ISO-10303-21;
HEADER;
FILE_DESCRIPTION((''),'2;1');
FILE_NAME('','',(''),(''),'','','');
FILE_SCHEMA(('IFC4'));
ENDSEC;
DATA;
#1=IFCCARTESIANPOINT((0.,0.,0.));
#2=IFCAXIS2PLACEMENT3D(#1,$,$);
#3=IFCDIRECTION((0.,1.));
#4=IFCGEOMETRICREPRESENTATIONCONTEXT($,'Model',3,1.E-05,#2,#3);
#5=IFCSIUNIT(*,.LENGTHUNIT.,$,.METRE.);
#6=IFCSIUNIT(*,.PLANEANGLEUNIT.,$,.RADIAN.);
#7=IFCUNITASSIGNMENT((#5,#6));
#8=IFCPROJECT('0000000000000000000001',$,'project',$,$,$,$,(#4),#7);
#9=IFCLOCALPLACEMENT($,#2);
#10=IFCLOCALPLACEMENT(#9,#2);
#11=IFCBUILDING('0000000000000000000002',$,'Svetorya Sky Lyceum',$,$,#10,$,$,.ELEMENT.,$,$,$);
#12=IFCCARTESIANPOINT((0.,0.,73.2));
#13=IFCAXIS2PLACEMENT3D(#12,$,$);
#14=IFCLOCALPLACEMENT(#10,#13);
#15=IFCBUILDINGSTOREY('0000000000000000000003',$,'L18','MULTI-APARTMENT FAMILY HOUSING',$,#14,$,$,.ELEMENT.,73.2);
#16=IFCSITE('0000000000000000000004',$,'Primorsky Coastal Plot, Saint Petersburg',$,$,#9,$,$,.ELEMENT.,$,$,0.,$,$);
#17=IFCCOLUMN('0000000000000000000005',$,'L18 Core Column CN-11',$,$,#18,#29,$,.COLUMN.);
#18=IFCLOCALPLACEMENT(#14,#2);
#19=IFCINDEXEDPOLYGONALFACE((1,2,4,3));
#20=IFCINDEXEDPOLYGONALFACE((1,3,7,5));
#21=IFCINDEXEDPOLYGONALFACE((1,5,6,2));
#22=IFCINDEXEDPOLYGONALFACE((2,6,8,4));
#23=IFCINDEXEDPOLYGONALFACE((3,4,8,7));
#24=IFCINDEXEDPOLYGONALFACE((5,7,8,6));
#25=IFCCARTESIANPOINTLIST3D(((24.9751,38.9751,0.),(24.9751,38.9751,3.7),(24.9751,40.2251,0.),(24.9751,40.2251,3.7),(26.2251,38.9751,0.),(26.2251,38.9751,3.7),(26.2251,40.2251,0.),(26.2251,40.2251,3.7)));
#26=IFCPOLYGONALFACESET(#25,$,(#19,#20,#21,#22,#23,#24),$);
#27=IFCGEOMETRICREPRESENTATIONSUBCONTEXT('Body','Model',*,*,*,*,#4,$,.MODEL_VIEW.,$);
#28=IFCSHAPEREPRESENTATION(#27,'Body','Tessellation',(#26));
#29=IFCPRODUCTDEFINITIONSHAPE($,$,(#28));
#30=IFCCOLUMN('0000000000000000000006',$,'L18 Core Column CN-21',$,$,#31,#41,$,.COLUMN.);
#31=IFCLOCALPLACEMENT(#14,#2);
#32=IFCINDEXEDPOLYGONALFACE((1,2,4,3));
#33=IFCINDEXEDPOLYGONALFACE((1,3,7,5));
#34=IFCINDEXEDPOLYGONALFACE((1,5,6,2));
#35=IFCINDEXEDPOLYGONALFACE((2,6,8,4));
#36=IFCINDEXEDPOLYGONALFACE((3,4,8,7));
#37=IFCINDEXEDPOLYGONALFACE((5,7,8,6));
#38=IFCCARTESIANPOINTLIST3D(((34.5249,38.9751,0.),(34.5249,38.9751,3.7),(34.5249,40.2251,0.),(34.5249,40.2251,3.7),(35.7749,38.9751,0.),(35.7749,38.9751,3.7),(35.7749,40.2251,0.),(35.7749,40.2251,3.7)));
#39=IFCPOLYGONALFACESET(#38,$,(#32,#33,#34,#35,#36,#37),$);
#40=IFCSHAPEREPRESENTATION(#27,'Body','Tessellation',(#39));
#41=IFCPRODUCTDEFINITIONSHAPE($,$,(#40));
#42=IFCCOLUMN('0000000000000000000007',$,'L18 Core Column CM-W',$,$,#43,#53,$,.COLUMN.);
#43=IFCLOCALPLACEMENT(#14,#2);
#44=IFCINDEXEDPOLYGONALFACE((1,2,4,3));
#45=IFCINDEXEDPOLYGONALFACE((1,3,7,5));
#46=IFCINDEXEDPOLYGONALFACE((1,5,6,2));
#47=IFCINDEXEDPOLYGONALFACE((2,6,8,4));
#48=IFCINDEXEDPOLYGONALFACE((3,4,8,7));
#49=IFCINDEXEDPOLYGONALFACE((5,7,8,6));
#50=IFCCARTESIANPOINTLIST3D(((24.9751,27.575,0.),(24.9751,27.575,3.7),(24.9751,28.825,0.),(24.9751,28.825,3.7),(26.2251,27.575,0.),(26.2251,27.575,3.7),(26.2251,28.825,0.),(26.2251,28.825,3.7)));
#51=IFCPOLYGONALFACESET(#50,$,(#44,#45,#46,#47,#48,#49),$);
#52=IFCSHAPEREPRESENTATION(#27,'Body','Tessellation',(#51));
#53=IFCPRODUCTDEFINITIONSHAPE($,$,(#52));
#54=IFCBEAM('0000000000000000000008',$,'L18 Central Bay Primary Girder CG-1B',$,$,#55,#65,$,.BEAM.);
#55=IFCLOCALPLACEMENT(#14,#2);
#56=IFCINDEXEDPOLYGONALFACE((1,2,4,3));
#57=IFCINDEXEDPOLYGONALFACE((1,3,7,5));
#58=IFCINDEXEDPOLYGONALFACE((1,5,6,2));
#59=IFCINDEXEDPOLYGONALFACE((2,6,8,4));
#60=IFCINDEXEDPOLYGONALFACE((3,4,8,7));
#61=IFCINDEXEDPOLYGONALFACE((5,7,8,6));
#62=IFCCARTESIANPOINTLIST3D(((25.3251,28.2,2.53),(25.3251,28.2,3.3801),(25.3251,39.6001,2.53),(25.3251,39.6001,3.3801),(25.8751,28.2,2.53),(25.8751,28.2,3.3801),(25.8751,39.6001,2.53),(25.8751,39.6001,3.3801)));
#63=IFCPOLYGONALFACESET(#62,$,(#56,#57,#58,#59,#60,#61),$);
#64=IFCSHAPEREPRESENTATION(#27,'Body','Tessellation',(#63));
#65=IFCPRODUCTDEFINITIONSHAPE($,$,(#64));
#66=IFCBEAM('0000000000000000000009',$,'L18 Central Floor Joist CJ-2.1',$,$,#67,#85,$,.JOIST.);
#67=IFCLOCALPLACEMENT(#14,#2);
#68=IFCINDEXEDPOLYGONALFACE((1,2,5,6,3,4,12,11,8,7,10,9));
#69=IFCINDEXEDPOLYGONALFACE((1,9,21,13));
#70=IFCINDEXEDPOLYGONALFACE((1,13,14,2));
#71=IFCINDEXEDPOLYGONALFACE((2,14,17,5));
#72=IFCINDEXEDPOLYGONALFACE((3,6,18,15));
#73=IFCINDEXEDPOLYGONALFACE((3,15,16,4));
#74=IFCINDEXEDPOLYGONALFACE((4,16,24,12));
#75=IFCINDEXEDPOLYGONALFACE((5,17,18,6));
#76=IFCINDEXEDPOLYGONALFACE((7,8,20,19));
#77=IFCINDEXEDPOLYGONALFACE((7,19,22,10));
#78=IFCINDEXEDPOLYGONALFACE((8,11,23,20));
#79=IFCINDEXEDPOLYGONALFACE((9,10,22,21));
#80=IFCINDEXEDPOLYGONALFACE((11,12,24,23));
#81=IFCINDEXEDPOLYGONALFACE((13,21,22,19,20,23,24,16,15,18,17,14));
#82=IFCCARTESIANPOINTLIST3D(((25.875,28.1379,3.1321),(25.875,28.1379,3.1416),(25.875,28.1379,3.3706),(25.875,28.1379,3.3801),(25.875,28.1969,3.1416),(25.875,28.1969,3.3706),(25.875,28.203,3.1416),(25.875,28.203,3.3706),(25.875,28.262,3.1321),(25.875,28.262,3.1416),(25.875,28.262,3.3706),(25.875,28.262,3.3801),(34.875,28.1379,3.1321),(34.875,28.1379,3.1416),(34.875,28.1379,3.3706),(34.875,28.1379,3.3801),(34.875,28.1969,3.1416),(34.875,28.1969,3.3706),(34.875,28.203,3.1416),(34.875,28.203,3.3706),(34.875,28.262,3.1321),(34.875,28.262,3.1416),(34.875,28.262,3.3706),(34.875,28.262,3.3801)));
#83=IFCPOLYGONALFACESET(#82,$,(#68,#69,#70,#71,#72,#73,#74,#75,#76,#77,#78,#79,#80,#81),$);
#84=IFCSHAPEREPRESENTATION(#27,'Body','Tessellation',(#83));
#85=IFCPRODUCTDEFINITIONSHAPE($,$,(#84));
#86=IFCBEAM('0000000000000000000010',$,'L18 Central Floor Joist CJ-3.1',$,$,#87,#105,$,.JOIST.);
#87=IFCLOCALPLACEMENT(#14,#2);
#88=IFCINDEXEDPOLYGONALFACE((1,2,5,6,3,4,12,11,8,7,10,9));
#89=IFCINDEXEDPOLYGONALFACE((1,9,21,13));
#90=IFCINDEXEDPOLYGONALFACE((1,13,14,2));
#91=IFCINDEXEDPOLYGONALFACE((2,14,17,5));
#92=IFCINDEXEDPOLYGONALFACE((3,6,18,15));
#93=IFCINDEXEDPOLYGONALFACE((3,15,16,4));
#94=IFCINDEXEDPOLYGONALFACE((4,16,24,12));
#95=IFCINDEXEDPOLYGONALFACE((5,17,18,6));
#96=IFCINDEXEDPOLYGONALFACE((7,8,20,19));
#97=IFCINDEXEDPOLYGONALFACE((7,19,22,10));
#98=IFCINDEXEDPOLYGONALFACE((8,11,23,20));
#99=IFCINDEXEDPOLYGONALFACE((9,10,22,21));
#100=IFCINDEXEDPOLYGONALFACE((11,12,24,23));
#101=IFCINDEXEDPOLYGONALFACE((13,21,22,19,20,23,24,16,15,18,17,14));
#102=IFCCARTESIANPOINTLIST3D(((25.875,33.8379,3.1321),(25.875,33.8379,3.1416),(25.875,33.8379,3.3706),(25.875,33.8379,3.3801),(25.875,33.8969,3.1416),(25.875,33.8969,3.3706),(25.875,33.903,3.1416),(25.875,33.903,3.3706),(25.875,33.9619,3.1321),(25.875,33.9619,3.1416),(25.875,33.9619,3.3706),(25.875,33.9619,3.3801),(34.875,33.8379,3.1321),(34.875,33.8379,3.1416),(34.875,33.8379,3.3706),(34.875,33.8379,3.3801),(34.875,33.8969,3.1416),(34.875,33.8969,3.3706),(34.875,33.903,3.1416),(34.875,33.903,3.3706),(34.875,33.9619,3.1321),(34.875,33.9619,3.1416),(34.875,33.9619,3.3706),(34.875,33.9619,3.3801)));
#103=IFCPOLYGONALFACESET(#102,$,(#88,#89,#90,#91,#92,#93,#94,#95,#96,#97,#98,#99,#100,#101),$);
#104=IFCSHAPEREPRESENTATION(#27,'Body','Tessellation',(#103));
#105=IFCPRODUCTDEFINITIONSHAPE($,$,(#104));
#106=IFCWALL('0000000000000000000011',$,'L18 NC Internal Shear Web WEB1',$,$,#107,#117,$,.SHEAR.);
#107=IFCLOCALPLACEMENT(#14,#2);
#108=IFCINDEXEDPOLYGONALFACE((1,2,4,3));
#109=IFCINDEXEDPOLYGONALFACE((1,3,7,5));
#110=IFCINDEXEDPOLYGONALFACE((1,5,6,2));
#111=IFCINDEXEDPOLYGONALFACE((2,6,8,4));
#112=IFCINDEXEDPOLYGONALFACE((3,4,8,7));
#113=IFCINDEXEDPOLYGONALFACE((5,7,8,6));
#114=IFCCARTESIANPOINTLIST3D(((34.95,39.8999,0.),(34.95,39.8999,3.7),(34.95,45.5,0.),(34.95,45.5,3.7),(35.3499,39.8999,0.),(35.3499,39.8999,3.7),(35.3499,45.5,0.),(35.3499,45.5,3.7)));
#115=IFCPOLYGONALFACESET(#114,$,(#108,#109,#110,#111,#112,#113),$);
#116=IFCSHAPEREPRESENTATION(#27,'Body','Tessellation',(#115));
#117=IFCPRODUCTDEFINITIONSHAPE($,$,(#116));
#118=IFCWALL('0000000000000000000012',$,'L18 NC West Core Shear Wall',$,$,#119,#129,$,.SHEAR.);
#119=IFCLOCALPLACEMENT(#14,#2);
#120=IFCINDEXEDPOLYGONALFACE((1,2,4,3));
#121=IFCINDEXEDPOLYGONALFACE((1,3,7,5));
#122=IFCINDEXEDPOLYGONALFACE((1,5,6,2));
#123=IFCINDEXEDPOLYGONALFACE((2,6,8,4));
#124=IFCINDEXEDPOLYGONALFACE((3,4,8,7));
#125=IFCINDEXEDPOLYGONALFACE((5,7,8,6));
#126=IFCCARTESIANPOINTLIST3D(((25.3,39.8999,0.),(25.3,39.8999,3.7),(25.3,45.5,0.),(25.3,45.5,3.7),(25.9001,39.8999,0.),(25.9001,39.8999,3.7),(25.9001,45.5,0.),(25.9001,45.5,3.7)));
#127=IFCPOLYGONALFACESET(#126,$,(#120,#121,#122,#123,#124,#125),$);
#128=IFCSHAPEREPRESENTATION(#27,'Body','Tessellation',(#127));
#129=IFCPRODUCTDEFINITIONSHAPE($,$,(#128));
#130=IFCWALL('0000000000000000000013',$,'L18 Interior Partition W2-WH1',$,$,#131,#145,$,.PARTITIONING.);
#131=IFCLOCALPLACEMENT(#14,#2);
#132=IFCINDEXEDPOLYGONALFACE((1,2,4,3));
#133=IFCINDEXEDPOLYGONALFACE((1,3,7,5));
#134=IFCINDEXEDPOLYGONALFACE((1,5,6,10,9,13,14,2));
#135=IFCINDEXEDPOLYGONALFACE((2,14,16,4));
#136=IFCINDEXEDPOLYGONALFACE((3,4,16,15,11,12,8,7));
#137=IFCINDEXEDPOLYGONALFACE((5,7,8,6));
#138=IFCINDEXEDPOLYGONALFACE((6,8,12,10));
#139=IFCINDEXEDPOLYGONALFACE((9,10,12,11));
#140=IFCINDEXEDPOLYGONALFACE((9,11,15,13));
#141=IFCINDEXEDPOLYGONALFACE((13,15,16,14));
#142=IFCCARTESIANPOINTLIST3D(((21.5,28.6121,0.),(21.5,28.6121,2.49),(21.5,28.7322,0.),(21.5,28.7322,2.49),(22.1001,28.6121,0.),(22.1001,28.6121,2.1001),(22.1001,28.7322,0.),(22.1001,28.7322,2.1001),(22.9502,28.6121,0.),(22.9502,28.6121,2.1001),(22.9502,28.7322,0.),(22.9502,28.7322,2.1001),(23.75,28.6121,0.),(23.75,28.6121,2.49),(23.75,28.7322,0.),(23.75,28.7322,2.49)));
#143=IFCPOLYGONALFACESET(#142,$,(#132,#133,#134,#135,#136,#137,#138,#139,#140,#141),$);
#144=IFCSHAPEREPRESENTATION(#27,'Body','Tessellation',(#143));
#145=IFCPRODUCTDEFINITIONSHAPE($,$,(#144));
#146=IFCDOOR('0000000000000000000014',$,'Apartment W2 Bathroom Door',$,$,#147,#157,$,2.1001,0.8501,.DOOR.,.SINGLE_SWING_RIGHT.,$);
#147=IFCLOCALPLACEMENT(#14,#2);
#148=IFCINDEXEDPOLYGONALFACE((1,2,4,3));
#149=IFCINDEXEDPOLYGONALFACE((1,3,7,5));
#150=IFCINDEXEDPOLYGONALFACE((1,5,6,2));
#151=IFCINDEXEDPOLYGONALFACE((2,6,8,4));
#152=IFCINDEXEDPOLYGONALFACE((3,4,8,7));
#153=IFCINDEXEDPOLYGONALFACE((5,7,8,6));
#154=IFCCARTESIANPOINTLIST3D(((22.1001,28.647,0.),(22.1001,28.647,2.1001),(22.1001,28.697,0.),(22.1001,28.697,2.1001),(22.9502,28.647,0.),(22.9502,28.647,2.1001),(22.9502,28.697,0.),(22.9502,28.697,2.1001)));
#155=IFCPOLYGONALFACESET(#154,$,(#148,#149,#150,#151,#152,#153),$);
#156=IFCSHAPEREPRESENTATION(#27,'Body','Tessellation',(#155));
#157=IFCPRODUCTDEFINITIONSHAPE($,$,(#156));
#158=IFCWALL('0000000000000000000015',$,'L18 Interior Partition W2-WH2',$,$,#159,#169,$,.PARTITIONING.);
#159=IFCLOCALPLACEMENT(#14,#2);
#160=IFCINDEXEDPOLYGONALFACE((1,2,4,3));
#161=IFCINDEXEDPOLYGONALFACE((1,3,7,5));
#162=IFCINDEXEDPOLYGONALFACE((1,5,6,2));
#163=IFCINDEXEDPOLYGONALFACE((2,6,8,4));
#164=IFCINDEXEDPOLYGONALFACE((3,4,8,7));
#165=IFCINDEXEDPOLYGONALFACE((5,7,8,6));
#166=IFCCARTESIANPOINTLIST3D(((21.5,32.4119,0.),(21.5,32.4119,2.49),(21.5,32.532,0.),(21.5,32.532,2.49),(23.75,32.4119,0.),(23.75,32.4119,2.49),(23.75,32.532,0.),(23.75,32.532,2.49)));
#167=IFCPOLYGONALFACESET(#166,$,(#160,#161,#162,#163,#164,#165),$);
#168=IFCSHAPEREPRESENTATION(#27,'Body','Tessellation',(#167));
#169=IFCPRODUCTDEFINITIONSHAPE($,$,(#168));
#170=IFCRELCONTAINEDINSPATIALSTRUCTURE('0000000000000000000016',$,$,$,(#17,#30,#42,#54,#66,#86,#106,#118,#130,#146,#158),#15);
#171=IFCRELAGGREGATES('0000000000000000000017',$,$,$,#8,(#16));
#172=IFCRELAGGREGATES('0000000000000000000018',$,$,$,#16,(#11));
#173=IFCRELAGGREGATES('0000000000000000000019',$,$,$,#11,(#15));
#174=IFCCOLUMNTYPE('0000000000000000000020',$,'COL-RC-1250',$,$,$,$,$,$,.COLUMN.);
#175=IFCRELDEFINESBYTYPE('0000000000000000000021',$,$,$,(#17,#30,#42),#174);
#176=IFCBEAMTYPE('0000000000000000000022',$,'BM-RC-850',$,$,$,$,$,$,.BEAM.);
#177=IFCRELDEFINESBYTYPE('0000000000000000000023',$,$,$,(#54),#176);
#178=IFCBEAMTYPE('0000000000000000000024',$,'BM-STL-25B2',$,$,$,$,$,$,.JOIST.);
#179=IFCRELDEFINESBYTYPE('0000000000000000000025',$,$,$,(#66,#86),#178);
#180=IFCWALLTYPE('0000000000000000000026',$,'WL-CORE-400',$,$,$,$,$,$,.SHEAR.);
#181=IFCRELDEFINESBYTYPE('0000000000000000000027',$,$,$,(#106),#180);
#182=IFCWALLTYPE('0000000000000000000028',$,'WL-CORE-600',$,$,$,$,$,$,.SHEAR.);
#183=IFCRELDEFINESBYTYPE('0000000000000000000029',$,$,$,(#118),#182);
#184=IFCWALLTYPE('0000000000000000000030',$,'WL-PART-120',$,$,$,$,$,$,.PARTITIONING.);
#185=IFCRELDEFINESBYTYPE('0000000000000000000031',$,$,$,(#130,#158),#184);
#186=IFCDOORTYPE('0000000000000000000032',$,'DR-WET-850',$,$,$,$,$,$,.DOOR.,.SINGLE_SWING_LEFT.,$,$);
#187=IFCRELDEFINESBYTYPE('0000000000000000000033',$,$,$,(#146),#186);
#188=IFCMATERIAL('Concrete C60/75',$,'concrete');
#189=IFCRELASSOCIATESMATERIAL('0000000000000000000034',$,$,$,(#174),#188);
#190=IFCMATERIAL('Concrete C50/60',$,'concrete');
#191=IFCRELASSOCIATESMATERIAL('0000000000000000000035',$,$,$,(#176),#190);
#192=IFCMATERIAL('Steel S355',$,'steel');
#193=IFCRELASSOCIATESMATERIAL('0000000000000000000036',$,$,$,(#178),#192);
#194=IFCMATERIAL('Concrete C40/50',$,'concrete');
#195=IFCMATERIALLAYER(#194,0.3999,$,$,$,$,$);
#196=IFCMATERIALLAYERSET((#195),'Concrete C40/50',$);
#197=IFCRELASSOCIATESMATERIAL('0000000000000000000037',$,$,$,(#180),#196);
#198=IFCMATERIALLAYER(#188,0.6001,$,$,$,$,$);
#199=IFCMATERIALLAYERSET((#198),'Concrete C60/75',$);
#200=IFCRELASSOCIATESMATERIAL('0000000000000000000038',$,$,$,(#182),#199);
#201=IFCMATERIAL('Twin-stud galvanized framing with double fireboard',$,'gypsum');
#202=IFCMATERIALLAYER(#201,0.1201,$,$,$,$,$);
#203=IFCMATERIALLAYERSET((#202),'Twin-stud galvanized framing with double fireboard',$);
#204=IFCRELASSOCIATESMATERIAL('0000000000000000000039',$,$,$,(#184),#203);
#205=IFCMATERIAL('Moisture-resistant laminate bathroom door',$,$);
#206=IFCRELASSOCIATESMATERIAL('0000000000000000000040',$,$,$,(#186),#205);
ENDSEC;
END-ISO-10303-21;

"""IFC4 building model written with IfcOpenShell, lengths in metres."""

from ifc_helpers import new_model, si_unit, direction, frame, frame_2d, origin, origin_2d, place, context, subcontext, project, spatial, rectangle, i_section, extrude, material, layer, layer_set, material_profile, profile_set, type_object, element, fill, save


model = new_model("IFC4")

# Units and contexts
model_context = context("Model", 3, precision=1e-05, world=origin(), true_north=direction((0.0, 1.0)))
body_context = subcontext(model_context, "Body", "Model", "MODEL_VIEW")
ifc_project = project(units=[si_unit("LENGTHUNIT", "METRE"), si_unit("PLANEANGLEUNIT", "RADIAN")], contexts=[model_context])

# Site, building, storey
site_placement = place(None, origin())
site = spatial("IfcSite", under=ifc_project, at=site_placement, Name="Primorsky Coastal Plot, Saint Petersburg", CompositionType="ELEMENT", RefElevation=0.0)
building_placement = place(site_placement, origin())
building = spatial("IfcBuilding", under=site, at=building_placement, Name="Svetorya Sky Lyceum", CompositionType="ELEMENT")
storey_placement = place(building_placement, frame((0.0, 0.0, 73.2)))
storey = spatial("IfcBuildingStorey", under=building, at=storey_placement, Name="L18", Description="MULTI-APARTMENT FAMILY HOUSING", CompositionType="ELEMENT", Elevation=73.2)

# Columns
ifc_material_1 = material(Name="Concrete C60/75", Category="concrete")
ifc_material_profile_1 = material_profile(ifc_material_1, rectangle(XDim=1.25, YDim=1.25, at=origin_2d()), Name="RC COL 1250x1250")
ifc_profile_set_1 = profile_set([ifc_material_profile_1], Name="Concrete C60/75")
column_type = type_object("IfcColumnType", Name="COL-RC-1250", PredefinedType="COLUMN", material=ifc_profile_set_1)
for number, where, z_axis, x_axis, name in (
    (1, (25.6001, 39.6001, 0.0), (0.0, 0.0, 1.0), (1.0, 0.0, 0.0), "L18 Core Column CN-11"),
    (2, (35.1499, 39.6001, 0.0), (0.0, 0.0, 1.0), (1.0, 0.0, 0.0), "L18 Core Column CN-21"),
    (3, (25.6001, 28.2, 0.0), (0.0, 0.0, 1.0), (1.0, 0.0, 0.0), "L18 Core Column CM-W"),
):
    element("IfcColumn", number, at=place(storey_placement, frame(where, z_axis=z_axis, x_axis=x_axis)), inside=storey, type_object=column_type, Name=name, PredefinedType="COLUMN", context=body_context, shape_type="SweptSolid", body=[
        extrude(rectangle(XDim=1.25, YDim=1.25, at=origin_2d()), origin(), (0.0, 0.0, 1.0), 3.7),
    ])

# Beams
ifc_material_2 = material(Name="Concrete C50/60", Category="concrete")
ifc_material_profile_2 = material_profile(ifc_material_2, rectangle(XDim=0.55, YDim=0.8501, at=origin_2d()), Name="RC BEAM 550x850")
ifc_profile_set_2 = profile_set([ifc_material_profile_2], Name="Concrete C50/60")
beam_type_1 = type_object("IfcBeamType", Name="BM-RC-850", PredefinedType="BEAM", material=ifc_profile_set_2)
beam_placement = place(storey_placement, frame((25.6001, 28.2, 2.9551), z_axis=(0.0, 1.0, 0.0), x_axis=(-1.0, 0.0, 0.0)))
element("IfcBeam", 4, at=beam_placement, inside=storey, type_object=beam_type_1, Name="L18 Central Bay Primary Girder CG-1B", PredefinedType="BEAM", context=body_context, shape_type="SweptSolid", body=[
    extrude(rectangle(XDim=0.55, YDim=0.8501, at=origin_2d()), origin(), (0.0, 0.0, 1.0), 11.4001),
])
ifc_material_3 = material(Name="Steel S355", Category="steel")
ifc_material_profile_3 = material_profile(ifc_material_3, i_section(OverallWidth=0.124, OverallDepth=0.248, WebThickness=0.0061, FlangeThickness=0.0095, at=origin_2d()), Name="GOST 25B2")
ifc_profile_set_3 = profile_set([ifc_material_profile_3], Name="Steel S355")
beam_type_2 = type_object("IfcBeamType", Name="BM-STL-25B2", PredefinedType="JOIST", material=ifc_profile_set_3)
for number, where, z_axis, x_axis, name in (
    (5, (25.875, 28.2, 3.2561), (1.0, 0.0, 0.0), (0.0, 1.0, 0.0), "L18 Central Floor Joist CJ-2.1"),
    (6, (25.875, 33.8999, 3.2561), (1.0, 0.0, 0.0), (0.0, 1.0, 0.0), "L18 Central Floor Joist CJ-3.1"),
):
    element("IfcBeam", number, at=place(storey_placement, frame(where, z_axis=z_axis, x_axis=x_axis)), inside=storey, type_object=beam_type_2, Name=name, PredefinedType="JOIST", context=body_context, shape_type="SweptSolid", body=[
        extrude(i_section(OverallWidth=0.124, OverallDepth=0.248, WebThickness=0.0061, FlangeThickness=0.0095, at=origin_2d()), origin(), (0.0, 0.0, 1.0), 9.0),
    ])

# Walls
ifc_material_4 = material(Name="Concrete C40/50", Category="concrete")
ifc_layer_1 = layer(ifc_material_4, 0.3999)
ifc_layer_set_1 = layer_set([ifc_layer_1], Name="Concrete C40/50")
wall_type_1 = type_object("IfcWallType", Name="WL-CORE-400", PredefinedType="SHEAR", material=ifc_layer_set_1)
wall_1_placement = place(storey_placement, frame((35.1499, 39.8999, 0.0), z_axis=(0.0, 0.0, 1.0), x_axis=(0.0, 1.0, 0.0)))
element("IfcWall", 7, at=wall_1_placement, inside=storey, type_object=wall_type_1, Name="L18 NC Internal Shear Web WEB1", PredefinedType="SHEAR", context=body_context, shape_type="SweptSolid", body=[
    extrude(rectangle(XDim=5.6001, YDim=0.3999, at=frame_2d((2.8, 0.0))), origin(), (0.0, 0.0, 1.0), 3.7),
])
ifc_layer_2 = layer(ifc_material_1, 0.6001)
ifc_layer_set_2 = layer_set([ifc_layer_2], Name="Concrete C60/75")
wall_type_2 = type_object("IfcWallType", Name="WL-CORE-600", PredefinedType="SHEAR", material=ifc_layer_set_2)
wall_2_placement = place(storey_placement, frame((25.6001, 39.8999, 0.0), z_axis=(0.0, 0.0, 1.0), x_axis=(0.0, 1.0, 0.0)))
element("IfcWall", 8, at=wall_2_placement, inside=storey, type_object=wall_type_2, Name="L18 NC West Core Shear Wall", PredefinedType="SHEAR", context=body_context, shape_type="SweptSolid", body=[
    extrude(rectangle(XDim=5.6001, YDim=0.6001, at=frame_2d((2.8, 0.0))), origin(), (0.0, 0.0, 1.0), 3.7),
])

# Wall, opening, door
ifc_material_5 = material(Name="Twin-stud galvanized framing with double fireboard", Category="gypsum")
ifc_layer_3 = layer(ifc_material_5, 0.1201)
ifc_layer_set_3 = layer_set([ifc_layer_3], Name="Twin-stud galvanized framing with double fireboard")
wall_type_3 = type_object("IfcWallType", Name="WL-PART-120", PredefinedType="PARTITIONING", material=ifc_layer_set_3)
wall_3_placement = place(storey_placement, frame((21.5, 28.6721, 0.0), z_axis=(0.0, 0.0, 1.0), x_axis=(1.0, 0.0, 0.0)))
wall_3 = element("IfcWall", 9, at=wall_3_placement, inside=storey, type_object=wall_type_3, Name="L18 Interior Partition W2-WH1", PredefinedType="PARTITIONING", context=body_context, shape_type="SweptSolid", body=[
    extrude(rectangle(XDim=2.25, YDim=0.1201, at=frame_2d((1.125, 0.0))), origin(), (0.0, 0.0, 1.0), 2.49),
])
opening_1_placement = place(wall_3_placement, frame((0.6001, 0.0, 0.0)))
opening_1 = element("IfcOpeningElement", 10, at=opening_1_placement, cuts=wall_3, PredefinedType="OPENING", context=body_context, shape_type="SweptSolid", body=[
    extrude(rectangle(XDim=0.8501, YDim=2.1001, at=frame_2d((0.425, 1.05))), frame((0.0, 0.0701, 0.0), z_axis=(0.0, -1.0, 0.0), x_axis=(1.0, 0.0, 0.0)), (0.0, 0.0, 1.0), 0.1401),
])
ifc_material_6 = material(Name="Moisture-resistant laminate bathroom door")
door_type_1 = type_object("IfcDoorType", Name="DR-WET-850", OperationType="SINGLE_SWING_LEFT", PredefinedType="DOOR", material=ifc_material_6)
door_1_placement = place(opening_1_placement, origin())
door_1 = element("IfcDoor", 11, at=door_1_placement, inside=storey, type_object=door_type_1, Name="Apartment W2 Bathroom Door", OperationType="SINGLE_SWING_RIGHT", OverallHeight=2.1001, OverallWidth=0.8501, PredefinedType="DOOR", context=body_context, shape_type="SweptSolid", body=[
    extrude(rectangle(XDim=0.8501, YDim=2.1001, at=frame_2d((0.425, 1.05))), frame((0.0, 0.0249, 0.0), z_axis=(0.0, -1.0, 0.0), x_axis=(1.0, 0.0, 0.0)), (0.0, 0.0, 1.0), 0.05),
])
fill(opening_1, door_1)

# Wall
wall_4_placement = place(storey_placement, frame((21.5, 32.4719, 0.0), z_axis=(0.0, 0.0, 1.0), x_axis=(1.0, 0.0, 0.0)))
element("IfcWall", 12, at=wall_4_placement, inside=storey, type_object=wall_type_3, Name="L18 Interior Partition W2-WH2", PredefinedType="PARTITIONING", context=body_context, shape_type="SweptSolid", body=[
    extrude(rectangle(XDim=2.25, YDim=0.1201, at=frame_2d((1.125, 0.0))), origin(), (0.0, 0.0, 1.0), 2.49),
])

save(model, "model.ifc")
